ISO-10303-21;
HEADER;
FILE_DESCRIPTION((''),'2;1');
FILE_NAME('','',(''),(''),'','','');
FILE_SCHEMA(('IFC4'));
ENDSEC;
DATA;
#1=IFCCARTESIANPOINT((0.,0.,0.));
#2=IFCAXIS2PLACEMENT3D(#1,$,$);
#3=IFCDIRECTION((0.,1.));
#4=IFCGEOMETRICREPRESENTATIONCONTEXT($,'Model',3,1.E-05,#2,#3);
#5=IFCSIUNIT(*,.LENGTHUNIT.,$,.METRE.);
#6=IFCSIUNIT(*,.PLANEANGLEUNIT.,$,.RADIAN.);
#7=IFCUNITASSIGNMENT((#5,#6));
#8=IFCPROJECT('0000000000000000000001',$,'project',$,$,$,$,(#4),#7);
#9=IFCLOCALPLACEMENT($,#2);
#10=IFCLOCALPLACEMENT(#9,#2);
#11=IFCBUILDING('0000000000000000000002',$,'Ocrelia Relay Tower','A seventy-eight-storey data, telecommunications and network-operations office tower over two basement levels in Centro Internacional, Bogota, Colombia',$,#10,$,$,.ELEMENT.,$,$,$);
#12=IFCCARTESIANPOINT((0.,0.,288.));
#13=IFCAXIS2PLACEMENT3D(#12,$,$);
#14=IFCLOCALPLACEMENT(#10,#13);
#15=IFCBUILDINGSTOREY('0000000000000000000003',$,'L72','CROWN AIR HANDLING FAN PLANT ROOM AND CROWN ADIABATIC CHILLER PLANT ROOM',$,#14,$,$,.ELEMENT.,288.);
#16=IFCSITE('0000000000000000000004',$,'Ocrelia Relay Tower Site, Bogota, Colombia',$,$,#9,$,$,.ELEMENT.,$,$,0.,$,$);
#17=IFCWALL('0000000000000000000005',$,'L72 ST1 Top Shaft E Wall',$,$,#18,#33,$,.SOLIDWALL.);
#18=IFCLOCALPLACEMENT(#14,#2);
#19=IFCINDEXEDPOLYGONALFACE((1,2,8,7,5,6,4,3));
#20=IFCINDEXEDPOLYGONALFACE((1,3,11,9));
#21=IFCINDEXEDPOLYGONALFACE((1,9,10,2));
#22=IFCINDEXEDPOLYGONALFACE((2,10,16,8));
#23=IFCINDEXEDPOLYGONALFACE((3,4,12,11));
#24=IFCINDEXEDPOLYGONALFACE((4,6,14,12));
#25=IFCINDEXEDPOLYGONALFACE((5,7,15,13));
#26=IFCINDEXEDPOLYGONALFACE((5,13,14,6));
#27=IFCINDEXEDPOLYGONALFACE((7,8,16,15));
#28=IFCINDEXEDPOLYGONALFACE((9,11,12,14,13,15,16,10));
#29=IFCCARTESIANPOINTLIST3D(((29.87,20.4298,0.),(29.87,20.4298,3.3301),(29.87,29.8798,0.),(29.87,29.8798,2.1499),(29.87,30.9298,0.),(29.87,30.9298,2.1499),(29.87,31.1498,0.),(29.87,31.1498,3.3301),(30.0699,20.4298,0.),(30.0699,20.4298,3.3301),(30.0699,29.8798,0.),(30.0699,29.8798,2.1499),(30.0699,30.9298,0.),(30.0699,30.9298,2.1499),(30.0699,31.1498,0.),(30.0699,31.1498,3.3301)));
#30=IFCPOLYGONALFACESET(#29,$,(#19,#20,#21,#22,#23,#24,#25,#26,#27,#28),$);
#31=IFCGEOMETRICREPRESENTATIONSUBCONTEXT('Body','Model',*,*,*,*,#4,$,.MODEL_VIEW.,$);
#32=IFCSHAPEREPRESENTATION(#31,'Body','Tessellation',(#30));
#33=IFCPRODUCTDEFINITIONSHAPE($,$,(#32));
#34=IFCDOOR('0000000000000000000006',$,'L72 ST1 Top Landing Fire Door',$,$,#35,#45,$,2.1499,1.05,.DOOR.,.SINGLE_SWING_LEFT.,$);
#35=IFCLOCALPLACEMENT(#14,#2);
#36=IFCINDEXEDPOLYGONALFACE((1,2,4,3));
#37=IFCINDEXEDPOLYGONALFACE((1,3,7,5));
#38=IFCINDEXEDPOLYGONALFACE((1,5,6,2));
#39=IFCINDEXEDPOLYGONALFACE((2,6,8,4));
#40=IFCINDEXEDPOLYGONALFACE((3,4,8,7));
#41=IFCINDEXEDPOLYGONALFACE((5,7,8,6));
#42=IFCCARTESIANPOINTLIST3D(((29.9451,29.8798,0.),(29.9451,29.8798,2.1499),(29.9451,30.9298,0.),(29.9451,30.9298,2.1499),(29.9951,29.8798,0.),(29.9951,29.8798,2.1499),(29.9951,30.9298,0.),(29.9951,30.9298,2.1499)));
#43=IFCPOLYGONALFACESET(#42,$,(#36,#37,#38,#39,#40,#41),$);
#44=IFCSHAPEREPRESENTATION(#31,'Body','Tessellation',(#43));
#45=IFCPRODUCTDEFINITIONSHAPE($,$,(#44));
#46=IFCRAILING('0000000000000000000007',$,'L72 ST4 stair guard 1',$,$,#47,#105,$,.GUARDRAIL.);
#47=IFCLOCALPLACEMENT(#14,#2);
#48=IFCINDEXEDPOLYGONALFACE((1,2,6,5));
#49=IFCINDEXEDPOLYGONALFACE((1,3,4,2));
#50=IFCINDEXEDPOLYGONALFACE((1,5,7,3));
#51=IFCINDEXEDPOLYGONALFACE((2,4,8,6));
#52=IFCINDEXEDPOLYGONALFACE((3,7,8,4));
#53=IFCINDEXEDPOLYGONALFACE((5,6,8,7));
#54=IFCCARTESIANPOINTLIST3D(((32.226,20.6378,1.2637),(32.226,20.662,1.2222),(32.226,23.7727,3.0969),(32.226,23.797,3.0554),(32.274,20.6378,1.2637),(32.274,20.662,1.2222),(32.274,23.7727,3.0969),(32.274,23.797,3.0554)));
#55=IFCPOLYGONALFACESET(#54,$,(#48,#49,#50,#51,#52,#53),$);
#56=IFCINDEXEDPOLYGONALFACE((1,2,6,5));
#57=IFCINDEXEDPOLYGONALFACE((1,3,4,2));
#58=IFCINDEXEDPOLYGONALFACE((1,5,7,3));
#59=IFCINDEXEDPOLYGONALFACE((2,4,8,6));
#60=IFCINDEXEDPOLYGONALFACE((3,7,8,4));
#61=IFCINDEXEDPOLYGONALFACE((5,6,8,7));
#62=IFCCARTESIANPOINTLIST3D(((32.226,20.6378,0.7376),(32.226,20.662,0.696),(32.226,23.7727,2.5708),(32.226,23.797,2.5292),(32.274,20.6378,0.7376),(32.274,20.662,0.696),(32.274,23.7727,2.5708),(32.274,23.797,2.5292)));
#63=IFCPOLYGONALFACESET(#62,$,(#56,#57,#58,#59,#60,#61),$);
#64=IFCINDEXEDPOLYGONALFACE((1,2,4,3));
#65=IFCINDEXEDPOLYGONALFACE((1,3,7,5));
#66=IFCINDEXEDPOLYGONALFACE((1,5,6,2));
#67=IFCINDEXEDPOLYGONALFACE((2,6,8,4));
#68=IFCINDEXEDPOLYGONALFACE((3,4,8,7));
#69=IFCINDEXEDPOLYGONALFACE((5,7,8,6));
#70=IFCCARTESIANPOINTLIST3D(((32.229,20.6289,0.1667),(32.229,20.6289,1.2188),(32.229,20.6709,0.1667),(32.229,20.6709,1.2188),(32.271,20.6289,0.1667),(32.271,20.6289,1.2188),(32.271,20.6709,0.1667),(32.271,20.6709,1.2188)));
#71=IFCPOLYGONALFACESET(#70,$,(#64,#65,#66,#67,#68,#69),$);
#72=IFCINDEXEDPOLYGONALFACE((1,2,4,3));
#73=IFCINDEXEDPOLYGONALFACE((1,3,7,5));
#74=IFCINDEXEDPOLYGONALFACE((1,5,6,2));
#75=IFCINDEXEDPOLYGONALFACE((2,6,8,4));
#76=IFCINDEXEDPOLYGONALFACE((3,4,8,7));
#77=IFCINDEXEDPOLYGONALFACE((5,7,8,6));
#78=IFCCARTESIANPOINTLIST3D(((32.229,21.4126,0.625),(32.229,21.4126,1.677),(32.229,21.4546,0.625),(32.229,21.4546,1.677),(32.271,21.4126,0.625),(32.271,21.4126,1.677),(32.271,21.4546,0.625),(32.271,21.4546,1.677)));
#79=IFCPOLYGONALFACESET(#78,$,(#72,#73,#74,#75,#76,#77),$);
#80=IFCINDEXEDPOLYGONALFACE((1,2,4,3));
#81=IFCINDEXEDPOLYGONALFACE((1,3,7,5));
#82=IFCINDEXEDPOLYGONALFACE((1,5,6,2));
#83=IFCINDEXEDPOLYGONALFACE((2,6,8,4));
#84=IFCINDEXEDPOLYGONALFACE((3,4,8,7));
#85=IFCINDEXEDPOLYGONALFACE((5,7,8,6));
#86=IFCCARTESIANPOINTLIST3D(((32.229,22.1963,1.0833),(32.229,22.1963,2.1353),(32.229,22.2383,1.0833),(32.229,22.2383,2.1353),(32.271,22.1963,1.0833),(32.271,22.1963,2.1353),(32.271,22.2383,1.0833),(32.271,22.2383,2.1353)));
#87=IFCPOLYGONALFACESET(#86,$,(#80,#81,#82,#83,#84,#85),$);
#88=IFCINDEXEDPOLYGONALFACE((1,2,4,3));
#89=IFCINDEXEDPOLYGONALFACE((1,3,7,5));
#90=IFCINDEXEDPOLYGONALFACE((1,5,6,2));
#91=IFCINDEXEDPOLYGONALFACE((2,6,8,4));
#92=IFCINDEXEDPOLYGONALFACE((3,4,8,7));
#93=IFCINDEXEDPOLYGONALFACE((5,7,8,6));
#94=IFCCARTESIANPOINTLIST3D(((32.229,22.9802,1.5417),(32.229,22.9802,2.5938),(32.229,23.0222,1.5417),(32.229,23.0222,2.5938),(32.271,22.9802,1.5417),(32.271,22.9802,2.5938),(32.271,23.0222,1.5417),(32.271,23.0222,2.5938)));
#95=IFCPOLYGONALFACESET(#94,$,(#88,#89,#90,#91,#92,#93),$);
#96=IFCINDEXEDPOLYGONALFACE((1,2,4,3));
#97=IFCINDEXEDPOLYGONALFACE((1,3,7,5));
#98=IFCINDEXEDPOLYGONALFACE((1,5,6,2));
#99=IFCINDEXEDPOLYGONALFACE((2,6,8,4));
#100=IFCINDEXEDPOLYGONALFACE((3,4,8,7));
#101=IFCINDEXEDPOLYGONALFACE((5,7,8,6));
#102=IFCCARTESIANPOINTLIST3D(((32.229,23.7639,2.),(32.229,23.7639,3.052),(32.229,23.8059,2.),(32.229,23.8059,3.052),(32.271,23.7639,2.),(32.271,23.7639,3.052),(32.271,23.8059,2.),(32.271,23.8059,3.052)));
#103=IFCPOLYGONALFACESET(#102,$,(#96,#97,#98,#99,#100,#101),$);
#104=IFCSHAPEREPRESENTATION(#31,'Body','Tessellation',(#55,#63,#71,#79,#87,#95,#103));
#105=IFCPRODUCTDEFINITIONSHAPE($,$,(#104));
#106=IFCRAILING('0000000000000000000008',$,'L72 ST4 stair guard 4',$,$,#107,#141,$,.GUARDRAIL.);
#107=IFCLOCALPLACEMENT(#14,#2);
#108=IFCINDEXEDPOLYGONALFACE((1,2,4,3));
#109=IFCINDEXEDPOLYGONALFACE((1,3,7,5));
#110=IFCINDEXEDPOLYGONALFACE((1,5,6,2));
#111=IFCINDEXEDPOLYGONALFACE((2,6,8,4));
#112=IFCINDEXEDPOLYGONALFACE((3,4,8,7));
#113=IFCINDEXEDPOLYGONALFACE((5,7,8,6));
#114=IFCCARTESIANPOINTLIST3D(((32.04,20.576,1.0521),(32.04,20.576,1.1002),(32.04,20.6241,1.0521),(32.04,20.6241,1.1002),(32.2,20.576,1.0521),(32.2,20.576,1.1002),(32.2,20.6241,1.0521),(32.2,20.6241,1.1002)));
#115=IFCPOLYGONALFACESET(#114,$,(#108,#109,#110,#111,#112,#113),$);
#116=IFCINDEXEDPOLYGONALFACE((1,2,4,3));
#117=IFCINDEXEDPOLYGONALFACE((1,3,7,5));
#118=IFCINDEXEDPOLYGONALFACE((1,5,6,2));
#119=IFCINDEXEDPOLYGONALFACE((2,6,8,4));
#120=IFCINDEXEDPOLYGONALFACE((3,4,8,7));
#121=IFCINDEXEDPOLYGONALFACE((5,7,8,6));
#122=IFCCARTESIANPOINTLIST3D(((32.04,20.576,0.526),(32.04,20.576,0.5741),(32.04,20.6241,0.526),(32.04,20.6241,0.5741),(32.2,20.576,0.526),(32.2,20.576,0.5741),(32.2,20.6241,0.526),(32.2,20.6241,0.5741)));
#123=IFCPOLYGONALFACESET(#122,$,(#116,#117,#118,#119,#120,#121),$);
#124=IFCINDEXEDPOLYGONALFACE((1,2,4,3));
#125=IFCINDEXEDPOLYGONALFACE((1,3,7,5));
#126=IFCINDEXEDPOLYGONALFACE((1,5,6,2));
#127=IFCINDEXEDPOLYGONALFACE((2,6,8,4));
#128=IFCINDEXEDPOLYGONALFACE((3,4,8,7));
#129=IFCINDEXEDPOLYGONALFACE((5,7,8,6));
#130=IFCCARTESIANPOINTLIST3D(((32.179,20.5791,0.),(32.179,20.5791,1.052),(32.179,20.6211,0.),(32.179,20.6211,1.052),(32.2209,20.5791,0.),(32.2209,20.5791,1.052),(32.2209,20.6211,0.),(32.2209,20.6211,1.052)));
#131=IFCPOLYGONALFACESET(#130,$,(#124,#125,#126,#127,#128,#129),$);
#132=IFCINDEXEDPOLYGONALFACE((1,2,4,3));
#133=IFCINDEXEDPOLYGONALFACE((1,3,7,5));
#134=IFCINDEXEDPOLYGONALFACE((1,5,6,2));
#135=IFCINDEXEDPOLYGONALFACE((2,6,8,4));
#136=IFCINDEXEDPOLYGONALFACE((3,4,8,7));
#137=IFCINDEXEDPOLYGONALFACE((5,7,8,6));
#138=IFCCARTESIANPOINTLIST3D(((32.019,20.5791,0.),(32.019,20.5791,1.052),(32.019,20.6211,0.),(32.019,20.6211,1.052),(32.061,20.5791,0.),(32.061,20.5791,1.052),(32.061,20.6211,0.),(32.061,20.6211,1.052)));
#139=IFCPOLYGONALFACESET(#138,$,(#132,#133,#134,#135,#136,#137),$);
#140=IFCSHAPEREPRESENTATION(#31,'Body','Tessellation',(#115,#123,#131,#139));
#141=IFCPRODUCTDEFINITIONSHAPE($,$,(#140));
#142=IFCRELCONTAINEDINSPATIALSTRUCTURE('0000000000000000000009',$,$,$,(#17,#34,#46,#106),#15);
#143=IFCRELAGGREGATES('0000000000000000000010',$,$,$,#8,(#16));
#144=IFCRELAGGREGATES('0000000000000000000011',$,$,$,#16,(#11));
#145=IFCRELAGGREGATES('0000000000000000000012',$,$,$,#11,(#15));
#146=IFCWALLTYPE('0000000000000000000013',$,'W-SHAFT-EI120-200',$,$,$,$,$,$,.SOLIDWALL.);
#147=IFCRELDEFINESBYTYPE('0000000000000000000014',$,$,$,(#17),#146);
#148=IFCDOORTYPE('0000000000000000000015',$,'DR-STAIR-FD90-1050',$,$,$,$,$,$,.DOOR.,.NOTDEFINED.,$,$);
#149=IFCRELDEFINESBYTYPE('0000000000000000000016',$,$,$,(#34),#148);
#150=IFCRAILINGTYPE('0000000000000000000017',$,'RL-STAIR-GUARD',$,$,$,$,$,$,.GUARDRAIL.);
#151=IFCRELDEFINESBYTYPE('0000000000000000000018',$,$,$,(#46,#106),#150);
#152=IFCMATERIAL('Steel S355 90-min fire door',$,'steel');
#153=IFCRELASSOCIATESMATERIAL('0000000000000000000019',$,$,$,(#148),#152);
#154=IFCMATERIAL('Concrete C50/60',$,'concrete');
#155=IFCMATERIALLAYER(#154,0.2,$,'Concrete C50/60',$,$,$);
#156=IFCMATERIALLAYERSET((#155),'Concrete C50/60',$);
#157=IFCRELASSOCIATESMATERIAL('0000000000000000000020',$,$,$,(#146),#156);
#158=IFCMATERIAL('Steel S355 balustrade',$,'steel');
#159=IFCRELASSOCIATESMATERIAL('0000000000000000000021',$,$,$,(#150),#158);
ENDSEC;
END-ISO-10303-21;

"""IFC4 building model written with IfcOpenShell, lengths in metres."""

from ifc_helpers import new_model, si_unit, direction, frame, frame_2d, origin, origin_2d, place, context, subcontext, project, spatial, rectangle, extrude, material, layer, layer_set, type_object, element, fill, save


model = new_model("IFC4")

# Units and contexts
model_context = context("Model", 3, precision=1e-05, world=origin(), true_north=direction((0.0, 1.0)))
body_context = subcontext(model_context, "Body", "Model", "MODEL_VIEW")
ifc_project = project(units=[si_unit("LENGTHUNIT", "METRE"), si_unit("PLANEANGLEUNIT", "RADIAN")], contexts=[model_context])

# Site, building, storey
site_placement = place(None, origin())
site = spatial("IfcSite", under=ifc_project, at=site_placement, Name="Ocrelia Relay Tower Site, Bogota, Colombia", CompositionType="ELEMENT", RefElevation=0.0)
building_placement = place(site_placement, origin())
building = spatial("IfcBuilding", under=site, at=building_placement, Name="Ocrelia Relay Tower", Description="A seventy-eight-storey data, telecommunications and network-operations office tower over two basement levels in Centro Internacional, Bogota, Colombia", CompositionType="ELEMENT")
storey_placement = place(building_placement, frame((0.0, 0.0, 288.0)))
storey = spatial("IfcBuildingStorey", under=building, at=storey_placement, Name="L72", Description="CROWN AIR HANDLING FAN PLANT ROOM AND CROWN ADIABATIC CHILLER PLANT ROOM", CompositionType="ELEMENT", Elevation=288.0)

# Shared definitions
ifc_material_1 = material(Name="Concrete C50/60", Category="concrete")
ifc_material_2 = material(Name="Steel S355 90-min fire door", Category="steel")
door_type = type_object("IfcDoorType", Name="DR-STAIR-FD90-1050", OperationType="NOTDEFINED", PredefinedType="DOOR", material=ifc_material_2)

# Shared definitions
ifc_layer_1 = layer(ifc_material_1, 0.2, Name="Concrete C50/60")
ifc_layer_set_1 = layer_set([ifc_layer_1], Name="Concrete C50/60")
wall_type_1 = type_object("IfcWallType", Name="W-SHAFT-EI120-200", PredefinedType="SOLIDWALL", material=ifc_layer_set_1)

# Wall, opening, door
wall_1_placement = place(storey_placement, frame((29.97, 20.4299, 0.0), z_axis=(0.0, 0.0, 1.0), x_axis=(0.0, 1.0, 0.0)))
wall_1 = element("IfcWall", 1, at=wall_1_placement, inside=storey, type_object=wall_type_1, Name="L72 ST1 Top Shaft E Wall", PredefinedType="SOLIDWALL", context=body_context, shape_type="SweptSolid", body=[
    extrude(rectangle(XDim=10.72, YDim=0.2, at=frame_2d((5.3599, 0.0))), origin(), (0.0, 0.0, 1.0), 3.3301),
])
opening_1_placement = place(wall_1_placement, frame((9.45, 0.0, 0.0)))
opening_1 = element("IfcOpeningElement", 2, at=opening_1_placement, cuts=wall_1, PredefinedType="OPENING", context=body_context, shape_type="SweptSolid", body=[
    extrude(rectangle(XDim=1.05, YDim=2.1499, at=frame_2d((0.5249, 1.075))), frame((0.0, 0.1099, 0.0), z_axis=(0.0, -1.0, 0.0), x_axis=(1.0, 0.0, 0.0)), (0.0, 0.0, 1.0), 0.22),
])
door_1_placement = place(opening_1_placement, origin())
door_1 = element("IfcDoor", 3, at=door_1_placement, inside=storey, type_object=door_type, Name="L72 ST1 Top Landing Fire Door", OperationType="SINGLE_SWING_LEFT", OverallHeight=2.1499, OverallWidth=1.05, PredefinedType="DOOR", context=body_context, shape_type="SweptSolid", body=[
    extrude(rectangle(XDim=1.05, YDim=2.1499, at=frame_2d((0.5249, 1.075))), frame((0.0, 0.0249, 0.0), z_axis=(0.0, -1.0, 0.0), x_axis=(1.0, 0.0, 0.0)), (0.0, 0.0, 1.0), 0.05),
])
fill(opening_1, door_1)

# Railings
ifc_material_3 = material(Name="Steel S355 balustrade", Category="steel")
railing_type = type_object("IfcRailingType", Name="RL-STAIR-GUARD", PredefinedType="GUARDRAIL", material=ifc_material_3)
railing_1_placement = place(storey_placement, frame((32.25, 20.6499, 0.1667)))
element("IfcRailing", 4, at=railing_1_placement, inside=storey, type_object=railing_type, Name="L72 ST4 stair guard 1", PredefinedType="GUARDRAIL", context=body_context, shape_type="SweptSolid", body=[
    extrude(rectangle(XDim=0.0481, YDim=0.0481, at=origin_2d()), frame((0.0, 0.0, 1.0762), z_axis=(0.0, 0.86324, 0.504794), x_axis=(-1.0, 0.0, 0.0)), (0.0, 0.0, 1.0), 3.6316),
    extrude(rectangle(XDim=0.0481, YDim=0.0481, at=origin_2d()), frame((0.0, 0.0, 0.55), z_axis=(0.0, 0.86324, 0.504794), x_axis=(-1.0, 0.0, 0.0)), (0.0, 0.0, 1.0), 3.6316),
    extrude(rectangle(XDim=0.042, YDim=0.042, at=origin_2d()), origin(), (0.0, 0.0, 1.0), 1.052),
    extrude(rectangle(XDim=0.042, YDim=0.042, at=origin_2d()), frame((0.0, 0.7837, 0.4583)), (0.0, 0.0, 1.0), 1.052),
    extrude(rectangle(XDim=0.042, YDim=0.042, at=origin_2d()), frame((0.0, 1.5674, 0.9165)), (0.0, 0.0, 1.0), 1.052),
    extrude(rectangle(XDim=0.042, YDim=0.042, at=origin_2d()), frame((0.0, 2.3513, 1.375)), (0.0, 0.0, 1.0), 1.052),
    extrude(rectangle(XDim=0.042, YDim=0.042, at=origin_2d()), frame((0.0, 3.135, 1.8333)), (0.0, 0.0, 1.0), 1.052),
])
railing_2_placement = place(storey_placement, frame((32.2, 20.6001, 0.0)))
element("IfcRailing", 5, at=railing_2_placement, inside=storey, type_object=railing_type, Name="L72 ST4 stair guard 4", PredefinedType="GUARDRAIL", context=body_context, shape_type="SweptSolid", body=[
    extrude(rectangle(XDim=0.0481, YDim=0.0481, at=origin_2d()), frame((0.0, 0.0, 1.0762), z_axis=(-1.0, 0.0, 0.0), x_axis=(0.0, -1.0, 0.0)), (0.0, 0.0, 1.0), 0.1599),
    extrude(rectangle(XDim=0.0481, YDim=0.0481, at=origin_2d()), frame((0.0, 0.0, 0.55), z_axis=(-1.0, 0.0, 0.0), x_axis=(0.0, -1.0, 0.0)), (0.0, 0.0, 1.0), 0.1599),
    extrude(rectangle(XDim=0.042, YDim=0.042, at=origin_2d()), origin(), (0.0, 0.0, 1.0), 1.052),
    extrude(rectangle(XDim=0.042, YDim=0.042, at=origin_2d()), frame((-0.1599, 0.0, 0.0)), (0.0, 0.0, 1.0), 1.052),
])

save(model, "model.ifc")
